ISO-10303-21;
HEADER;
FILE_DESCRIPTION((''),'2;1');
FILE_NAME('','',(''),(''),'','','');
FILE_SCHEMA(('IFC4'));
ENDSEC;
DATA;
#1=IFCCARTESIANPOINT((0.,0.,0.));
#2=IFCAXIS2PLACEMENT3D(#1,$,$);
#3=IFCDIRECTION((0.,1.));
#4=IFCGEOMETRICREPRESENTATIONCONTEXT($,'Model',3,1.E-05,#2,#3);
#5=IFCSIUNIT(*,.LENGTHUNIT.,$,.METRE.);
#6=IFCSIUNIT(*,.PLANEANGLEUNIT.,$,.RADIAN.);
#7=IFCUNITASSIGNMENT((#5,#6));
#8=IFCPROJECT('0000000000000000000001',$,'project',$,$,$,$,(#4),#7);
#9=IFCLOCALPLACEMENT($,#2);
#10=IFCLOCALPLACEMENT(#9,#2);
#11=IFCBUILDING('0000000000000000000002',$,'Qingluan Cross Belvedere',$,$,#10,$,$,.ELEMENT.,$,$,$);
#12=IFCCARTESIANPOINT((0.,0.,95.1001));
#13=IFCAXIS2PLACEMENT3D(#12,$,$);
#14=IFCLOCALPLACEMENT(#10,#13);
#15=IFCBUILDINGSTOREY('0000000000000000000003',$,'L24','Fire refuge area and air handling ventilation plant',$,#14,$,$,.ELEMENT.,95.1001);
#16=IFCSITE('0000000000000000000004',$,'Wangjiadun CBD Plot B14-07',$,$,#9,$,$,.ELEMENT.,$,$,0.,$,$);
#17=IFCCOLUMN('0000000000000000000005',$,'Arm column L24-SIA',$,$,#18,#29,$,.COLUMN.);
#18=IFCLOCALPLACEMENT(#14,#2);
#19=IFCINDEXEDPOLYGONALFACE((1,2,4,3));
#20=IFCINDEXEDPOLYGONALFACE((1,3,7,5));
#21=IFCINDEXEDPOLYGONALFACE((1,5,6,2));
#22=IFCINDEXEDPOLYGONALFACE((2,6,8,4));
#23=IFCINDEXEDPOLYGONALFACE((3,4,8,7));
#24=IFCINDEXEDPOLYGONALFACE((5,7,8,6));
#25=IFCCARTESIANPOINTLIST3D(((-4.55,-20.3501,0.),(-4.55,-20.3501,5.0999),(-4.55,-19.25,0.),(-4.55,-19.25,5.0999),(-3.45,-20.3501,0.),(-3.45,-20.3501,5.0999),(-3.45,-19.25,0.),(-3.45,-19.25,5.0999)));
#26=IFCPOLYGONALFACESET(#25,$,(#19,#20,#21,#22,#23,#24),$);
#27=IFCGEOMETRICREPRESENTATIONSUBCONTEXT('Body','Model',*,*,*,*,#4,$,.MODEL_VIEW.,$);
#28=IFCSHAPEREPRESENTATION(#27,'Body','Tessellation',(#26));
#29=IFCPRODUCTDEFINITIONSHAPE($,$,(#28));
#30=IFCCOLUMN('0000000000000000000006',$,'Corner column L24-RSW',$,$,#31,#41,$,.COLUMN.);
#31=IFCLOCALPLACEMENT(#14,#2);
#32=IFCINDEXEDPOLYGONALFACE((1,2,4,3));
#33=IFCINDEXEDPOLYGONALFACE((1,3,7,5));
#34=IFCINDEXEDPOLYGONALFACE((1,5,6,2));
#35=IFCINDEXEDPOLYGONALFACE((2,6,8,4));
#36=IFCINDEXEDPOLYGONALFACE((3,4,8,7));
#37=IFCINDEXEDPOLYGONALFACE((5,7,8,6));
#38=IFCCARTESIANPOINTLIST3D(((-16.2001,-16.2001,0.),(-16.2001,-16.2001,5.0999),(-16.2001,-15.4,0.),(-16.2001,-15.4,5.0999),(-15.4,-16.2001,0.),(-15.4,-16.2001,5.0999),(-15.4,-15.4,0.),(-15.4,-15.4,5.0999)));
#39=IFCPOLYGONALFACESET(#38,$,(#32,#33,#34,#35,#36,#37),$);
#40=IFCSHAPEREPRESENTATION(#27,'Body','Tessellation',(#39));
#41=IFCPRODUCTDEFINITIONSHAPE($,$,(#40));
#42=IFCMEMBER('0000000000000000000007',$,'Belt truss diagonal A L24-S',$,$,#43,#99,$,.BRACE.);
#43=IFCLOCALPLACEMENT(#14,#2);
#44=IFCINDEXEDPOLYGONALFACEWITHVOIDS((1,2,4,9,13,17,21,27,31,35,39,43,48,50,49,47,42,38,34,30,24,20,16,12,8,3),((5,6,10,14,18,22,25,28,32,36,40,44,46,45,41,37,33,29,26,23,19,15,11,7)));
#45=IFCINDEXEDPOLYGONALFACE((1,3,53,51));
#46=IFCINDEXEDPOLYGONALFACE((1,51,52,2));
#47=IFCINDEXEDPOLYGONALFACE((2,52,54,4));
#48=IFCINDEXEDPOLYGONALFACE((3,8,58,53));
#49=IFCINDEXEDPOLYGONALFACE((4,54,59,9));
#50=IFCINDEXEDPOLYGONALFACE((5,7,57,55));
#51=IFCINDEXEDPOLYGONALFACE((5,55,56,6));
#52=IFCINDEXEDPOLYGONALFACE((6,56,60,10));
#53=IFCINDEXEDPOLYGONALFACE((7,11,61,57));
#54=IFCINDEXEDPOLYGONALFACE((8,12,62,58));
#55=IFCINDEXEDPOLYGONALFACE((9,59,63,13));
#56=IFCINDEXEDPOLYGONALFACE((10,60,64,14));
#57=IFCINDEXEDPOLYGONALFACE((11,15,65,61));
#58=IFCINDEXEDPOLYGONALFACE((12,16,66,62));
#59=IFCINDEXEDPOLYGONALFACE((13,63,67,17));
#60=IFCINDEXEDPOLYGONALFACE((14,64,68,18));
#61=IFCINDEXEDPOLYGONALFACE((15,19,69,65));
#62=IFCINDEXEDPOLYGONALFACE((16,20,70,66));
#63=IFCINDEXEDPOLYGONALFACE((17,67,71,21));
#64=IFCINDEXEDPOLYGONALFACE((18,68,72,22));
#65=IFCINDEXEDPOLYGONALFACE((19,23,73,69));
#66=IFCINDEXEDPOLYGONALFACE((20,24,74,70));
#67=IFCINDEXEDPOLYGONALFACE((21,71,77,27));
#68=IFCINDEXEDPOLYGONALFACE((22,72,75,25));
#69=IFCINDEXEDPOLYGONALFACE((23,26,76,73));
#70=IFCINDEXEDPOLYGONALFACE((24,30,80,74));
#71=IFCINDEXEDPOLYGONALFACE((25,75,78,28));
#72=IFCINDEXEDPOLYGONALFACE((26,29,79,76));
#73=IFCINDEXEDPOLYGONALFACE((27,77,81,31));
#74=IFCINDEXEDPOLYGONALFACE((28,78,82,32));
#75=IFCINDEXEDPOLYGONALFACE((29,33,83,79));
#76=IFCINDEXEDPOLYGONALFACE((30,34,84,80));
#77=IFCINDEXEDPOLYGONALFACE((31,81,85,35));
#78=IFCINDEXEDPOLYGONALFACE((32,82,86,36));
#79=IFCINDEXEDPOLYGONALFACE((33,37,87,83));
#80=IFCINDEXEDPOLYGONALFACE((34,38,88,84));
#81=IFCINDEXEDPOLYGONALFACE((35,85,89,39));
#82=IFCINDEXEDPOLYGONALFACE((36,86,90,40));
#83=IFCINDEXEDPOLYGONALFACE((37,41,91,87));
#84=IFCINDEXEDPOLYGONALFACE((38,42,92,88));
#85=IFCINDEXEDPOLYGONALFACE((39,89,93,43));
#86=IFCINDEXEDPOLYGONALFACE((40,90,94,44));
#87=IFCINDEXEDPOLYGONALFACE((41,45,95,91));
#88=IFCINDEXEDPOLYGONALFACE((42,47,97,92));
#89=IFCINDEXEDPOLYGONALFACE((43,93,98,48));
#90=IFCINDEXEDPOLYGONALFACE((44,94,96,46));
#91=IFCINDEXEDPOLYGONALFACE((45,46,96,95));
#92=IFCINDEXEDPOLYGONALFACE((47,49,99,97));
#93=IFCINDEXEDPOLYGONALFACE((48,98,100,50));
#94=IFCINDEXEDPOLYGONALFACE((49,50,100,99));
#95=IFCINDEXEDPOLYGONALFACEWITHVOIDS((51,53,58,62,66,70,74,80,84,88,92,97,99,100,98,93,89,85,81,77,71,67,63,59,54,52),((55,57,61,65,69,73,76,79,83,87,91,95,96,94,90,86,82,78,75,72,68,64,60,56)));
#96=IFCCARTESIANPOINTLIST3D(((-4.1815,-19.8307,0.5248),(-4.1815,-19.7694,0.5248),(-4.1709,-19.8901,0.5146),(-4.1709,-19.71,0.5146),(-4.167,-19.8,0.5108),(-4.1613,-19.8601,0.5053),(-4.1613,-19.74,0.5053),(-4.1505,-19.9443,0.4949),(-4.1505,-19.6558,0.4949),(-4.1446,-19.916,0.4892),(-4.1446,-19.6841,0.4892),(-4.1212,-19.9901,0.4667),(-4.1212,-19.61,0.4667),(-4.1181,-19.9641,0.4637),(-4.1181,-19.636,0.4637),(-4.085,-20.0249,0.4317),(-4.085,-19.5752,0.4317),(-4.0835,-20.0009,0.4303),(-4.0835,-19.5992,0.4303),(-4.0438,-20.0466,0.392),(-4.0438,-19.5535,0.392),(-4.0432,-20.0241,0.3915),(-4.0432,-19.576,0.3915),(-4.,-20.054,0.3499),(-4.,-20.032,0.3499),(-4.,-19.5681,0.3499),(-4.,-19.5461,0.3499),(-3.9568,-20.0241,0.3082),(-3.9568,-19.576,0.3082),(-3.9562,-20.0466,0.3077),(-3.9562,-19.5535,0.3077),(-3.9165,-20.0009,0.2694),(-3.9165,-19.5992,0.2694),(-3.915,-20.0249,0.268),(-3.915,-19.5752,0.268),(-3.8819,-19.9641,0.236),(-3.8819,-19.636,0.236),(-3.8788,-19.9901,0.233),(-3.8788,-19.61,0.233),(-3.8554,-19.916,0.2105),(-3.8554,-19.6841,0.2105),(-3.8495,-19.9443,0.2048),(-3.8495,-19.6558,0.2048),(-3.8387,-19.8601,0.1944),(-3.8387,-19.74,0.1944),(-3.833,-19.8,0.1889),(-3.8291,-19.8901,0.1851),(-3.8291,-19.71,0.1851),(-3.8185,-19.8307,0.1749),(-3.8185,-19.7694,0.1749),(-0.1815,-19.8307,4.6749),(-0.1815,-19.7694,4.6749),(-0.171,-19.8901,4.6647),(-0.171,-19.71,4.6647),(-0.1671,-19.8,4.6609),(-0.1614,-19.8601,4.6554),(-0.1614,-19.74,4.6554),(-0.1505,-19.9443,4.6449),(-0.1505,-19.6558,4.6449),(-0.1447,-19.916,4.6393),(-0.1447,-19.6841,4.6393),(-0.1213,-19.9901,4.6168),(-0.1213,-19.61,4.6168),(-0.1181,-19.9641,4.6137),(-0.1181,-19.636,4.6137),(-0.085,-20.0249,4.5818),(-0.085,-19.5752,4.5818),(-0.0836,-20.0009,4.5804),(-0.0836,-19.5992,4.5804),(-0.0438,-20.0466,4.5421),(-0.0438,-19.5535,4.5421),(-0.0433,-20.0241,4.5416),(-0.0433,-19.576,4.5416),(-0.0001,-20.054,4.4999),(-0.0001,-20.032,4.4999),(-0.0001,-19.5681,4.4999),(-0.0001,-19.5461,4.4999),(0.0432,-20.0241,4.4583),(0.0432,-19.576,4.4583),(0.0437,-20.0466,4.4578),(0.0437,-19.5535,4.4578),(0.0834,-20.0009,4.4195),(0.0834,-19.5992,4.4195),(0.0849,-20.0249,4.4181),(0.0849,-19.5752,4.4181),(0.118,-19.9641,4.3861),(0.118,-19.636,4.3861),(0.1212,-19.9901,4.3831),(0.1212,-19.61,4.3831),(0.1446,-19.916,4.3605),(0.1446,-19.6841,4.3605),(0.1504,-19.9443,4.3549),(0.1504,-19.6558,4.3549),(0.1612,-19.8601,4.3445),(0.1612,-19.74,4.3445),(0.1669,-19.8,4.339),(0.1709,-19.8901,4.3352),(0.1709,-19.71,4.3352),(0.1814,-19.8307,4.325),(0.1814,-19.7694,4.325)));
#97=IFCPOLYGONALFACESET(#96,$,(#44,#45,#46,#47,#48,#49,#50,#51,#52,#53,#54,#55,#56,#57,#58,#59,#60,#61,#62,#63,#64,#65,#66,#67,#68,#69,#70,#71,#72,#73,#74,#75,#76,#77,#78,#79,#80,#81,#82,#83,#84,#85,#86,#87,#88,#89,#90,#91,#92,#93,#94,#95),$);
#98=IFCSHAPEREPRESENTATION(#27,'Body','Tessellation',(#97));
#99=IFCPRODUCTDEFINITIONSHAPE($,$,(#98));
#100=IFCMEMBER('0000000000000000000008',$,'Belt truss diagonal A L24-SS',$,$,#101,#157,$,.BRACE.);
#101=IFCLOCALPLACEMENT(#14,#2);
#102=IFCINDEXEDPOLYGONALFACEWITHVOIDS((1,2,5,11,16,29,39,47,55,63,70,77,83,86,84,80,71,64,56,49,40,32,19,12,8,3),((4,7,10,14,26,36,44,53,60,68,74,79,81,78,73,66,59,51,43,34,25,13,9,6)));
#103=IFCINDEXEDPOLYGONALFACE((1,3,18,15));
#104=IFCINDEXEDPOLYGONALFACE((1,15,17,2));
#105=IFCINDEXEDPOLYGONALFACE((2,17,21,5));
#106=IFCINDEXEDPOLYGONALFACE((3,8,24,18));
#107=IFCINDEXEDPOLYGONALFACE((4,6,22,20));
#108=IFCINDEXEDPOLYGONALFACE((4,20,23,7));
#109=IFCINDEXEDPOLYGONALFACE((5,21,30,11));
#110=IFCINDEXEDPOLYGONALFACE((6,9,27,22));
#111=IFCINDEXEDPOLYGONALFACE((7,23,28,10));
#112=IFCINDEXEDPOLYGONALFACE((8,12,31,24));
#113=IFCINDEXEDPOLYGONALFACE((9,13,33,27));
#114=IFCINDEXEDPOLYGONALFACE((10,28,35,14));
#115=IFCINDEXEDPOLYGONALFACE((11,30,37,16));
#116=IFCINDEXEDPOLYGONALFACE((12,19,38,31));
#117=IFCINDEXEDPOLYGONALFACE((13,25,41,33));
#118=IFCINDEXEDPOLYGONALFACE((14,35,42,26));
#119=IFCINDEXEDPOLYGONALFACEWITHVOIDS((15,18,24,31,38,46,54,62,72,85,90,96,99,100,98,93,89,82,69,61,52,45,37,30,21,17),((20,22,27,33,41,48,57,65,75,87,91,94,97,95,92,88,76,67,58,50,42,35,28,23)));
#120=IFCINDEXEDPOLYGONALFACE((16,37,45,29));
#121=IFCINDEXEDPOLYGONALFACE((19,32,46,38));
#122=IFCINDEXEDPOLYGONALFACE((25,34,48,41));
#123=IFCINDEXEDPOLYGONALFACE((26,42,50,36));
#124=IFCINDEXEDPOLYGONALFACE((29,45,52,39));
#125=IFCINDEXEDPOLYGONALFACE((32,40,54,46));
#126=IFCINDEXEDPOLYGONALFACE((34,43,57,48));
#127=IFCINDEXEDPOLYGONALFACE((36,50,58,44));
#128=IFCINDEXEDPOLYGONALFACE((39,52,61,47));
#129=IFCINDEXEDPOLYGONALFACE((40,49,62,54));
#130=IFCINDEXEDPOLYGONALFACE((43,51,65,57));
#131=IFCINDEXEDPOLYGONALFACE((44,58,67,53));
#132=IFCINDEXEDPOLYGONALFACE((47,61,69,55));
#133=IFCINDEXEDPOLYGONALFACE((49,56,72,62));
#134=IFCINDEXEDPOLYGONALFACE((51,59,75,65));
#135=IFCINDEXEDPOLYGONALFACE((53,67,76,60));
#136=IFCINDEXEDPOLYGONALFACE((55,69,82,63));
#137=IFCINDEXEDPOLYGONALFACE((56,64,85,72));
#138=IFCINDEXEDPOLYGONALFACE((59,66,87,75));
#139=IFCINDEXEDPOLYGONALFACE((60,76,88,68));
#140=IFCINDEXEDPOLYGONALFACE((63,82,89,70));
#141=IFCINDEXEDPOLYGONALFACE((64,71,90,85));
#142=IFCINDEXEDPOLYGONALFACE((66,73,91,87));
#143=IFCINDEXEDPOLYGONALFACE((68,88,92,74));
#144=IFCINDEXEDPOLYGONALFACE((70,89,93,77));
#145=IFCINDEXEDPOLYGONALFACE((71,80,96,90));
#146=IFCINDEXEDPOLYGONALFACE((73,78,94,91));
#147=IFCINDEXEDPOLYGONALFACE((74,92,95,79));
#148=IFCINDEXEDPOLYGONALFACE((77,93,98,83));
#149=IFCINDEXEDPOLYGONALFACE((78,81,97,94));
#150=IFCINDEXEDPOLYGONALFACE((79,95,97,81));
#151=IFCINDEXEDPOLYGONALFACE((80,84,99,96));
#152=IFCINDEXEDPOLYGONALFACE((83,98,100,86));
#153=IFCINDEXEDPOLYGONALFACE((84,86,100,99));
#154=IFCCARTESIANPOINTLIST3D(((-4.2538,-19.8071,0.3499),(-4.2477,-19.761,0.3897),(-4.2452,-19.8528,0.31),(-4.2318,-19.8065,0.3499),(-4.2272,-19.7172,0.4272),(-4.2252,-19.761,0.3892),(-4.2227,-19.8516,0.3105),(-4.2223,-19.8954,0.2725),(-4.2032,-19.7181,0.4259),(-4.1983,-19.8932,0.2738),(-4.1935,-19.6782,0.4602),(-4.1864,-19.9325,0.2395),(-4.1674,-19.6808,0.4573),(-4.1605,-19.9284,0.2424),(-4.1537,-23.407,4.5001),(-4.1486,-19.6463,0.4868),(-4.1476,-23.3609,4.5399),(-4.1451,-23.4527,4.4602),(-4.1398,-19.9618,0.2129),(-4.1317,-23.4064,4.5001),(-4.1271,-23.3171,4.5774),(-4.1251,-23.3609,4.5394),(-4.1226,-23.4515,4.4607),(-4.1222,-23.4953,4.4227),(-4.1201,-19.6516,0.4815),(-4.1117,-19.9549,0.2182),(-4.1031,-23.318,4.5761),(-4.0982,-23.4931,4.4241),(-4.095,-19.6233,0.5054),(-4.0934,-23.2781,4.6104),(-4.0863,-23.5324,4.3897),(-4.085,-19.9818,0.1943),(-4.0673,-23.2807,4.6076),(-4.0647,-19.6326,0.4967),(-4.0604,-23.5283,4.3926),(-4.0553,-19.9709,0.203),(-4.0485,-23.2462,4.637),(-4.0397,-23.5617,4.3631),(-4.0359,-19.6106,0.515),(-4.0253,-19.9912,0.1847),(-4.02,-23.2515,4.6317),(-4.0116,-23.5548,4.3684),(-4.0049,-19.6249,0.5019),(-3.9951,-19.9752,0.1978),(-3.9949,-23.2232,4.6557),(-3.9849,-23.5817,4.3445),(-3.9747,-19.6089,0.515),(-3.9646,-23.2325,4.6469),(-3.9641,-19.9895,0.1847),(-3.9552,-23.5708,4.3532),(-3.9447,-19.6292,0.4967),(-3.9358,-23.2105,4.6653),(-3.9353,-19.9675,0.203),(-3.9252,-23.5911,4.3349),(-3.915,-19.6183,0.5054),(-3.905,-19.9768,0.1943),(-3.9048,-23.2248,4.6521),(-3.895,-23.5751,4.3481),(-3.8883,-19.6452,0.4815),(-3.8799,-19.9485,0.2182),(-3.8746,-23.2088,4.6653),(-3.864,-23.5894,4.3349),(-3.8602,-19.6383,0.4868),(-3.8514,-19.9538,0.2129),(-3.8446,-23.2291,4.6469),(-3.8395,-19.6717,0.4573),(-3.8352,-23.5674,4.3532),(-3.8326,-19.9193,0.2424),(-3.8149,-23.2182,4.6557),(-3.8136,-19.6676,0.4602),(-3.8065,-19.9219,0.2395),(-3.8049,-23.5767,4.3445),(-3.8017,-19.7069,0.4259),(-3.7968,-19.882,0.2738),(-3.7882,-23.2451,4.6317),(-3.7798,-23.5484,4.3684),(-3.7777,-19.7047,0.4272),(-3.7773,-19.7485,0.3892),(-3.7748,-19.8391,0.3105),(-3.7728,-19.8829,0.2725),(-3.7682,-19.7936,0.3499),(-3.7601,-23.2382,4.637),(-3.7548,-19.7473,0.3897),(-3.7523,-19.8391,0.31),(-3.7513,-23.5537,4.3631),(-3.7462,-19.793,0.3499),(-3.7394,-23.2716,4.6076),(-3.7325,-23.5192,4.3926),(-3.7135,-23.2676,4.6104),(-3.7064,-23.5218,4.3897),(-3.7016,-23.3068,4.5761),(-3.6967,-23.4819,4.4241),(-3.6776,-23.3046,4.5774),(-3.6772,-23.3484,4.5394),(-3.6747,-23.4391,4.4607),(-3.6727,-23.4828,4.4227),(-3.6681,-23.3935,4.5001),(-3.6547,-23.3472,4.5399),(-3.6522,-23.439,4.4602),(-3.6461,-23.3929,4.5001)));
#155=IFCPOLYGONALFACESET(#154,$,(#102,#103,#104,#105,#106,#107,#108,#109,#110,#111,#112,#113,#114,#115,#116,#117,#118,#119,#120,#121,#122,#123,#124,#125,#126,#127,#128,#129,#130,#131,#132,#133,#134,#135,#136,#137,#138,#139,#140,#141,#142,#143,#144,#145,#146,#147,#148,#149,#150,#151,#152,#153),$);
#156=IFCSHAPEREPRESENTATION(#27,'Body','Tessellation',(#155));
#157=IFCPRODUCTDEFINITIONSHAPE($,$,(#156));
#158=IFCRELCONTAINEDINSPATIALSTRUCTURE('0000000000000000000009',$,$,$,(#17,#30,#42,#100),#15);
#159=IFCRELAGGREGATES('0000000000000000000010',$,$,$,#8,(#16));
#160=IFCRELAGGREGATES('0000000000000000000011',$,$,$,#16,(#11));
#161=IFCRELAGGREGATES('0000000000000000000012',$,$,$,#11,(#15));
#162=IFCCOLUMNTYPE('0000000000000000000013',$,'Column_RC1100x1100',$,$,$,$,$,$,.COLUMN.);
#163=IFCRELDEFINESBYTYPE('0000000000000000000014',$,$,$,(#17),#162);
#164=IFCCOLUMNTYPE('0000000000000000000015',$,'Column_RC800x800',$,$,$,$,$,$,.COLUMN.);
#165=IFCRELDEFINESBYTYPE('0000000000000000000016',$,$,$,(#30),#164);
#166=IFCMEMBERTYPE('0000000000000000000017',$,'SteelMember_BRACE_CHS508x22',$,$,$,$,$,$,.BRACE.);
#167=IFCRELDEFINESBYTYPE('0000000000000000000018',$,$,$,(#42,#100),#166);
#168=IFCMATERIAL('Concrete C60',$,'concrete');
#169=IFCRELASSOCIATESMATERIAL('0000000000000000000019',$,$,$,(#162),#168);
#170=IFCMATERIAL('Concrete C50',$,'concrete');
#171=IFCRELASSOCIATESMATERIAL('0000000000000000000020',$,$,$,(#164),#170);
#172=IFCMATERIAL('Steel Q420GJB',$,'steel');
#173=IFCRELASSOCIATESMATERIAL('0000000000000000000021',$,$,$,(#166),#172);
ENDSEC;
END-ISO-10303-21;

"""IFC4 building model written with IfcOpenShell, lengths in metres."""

from ifc_helpers import new_model, si_unit, direction, frame, origin, origin_2d, place, context, subcontext, project, spatial, rectangle, hollow_circle, extrude, material, material_profile, profile_set, type_object, element, save


model = new_model("IFC4")

# Units and contexts
model_context = context("Model", 3, precision=1e-05, world=origin(), true_north=direction((0.0, 1.0)))
body_context = subcontext(model_context, "Body", "Model", "MODEL_VIEW")
ifc_project = project(units=[si_unit("LENGTHUNIT", "METRE"), si_unit("PLANEANGLEUNIT", "RADIAN")], contexts=[model_context])

# Site, building, storey
site_placement = place(None, origin())
site = spatial("IfcSite", under=ifc_project, at=site_placement, Name="Wangjiadun CBD Plot B14-07", CompositionType="ELEMENT", RefElevation=0.0)
building_placement = place(site_placement, origin())
building = spatial("IfcBuilding", under=site, at=building_placement, Name="Qingluan Cross Belvedere", CompositionType="ELEMENT")
storey_placement = place(building_placement, frame((0.0, 0.0, 95.1001)))
storey = spatial("IfcBuildingStorey", under=building, at=storey_placement, Name="L24", Description="Fire refuge area and air handling ventilation plant", CompositionType="ELEMENT", Elevation=95.1001)

# Columns
ifc_material_1 = material(Name="Concrete C60", Category="concrete")
ifc_material_profile_1 = material_profile(ifc_material_1, rectangle(XDim=1.1001, YDim=1.1001, at=origin_2d()), Name="RC1100x1100")
ifc_profile_set_1 = profile_set([ifc_material_profile_1], Name="Concrete C60")
column_type_1 = type_object("IfcColumnType", Name="Column_RC1100x1100", PredefinedType="COLUMN", material=ifc_profile_set_1)
column_1_placement = place(storey_placement, frame((-4.0, -19.8, 0.0), z_axis=(0.0, 0.0, 1.0), x_axis=(1.0, 0.0, 0.0)))
element("IfcColumn", 1, at=column_1_placement, inside=storey, type_object=column_type_1, Name="Arm column L24-SIA", PredefinedType="COLUMN", context=body_context, shape_type="SweptSolid", body=[
    extrude(rectangle(XDim=1.1001, YDim=1.1001, at=origin_2d()), origin(), (0.0, 0.0, 1.0), 5.0999),
])
ifc_material_2 = material(Name="Concrete C50", Category="concrete")
ifc_material_profile_2 = material_profile(ifc_material_2, rectangle(XDim=0.8, YDim=0.8, at=origin_2d()), Name="RC800x800")
ifc_profile_set_2 = profile_set([ifc_material_profile_2], Name="Concrete C50")
column_type_2 = type_object("IfcColumnType", Name="Column_RC800x800", PredefinedType="COLUMN", material=ifc_profile_set_2)
column_2_placement = place(storey_placement, frame((-15.8, -15.8, 0.0), z_axis=(0.0, 0.0, 1.0), x_axis=(1.0, 0.0, 0.0)))
element("IfcColumn", 2, at=column_2_placement, inside=storey, type_object=column_type_2, Name="Corner column L24-RSW", PredefinedType="COLUMN", context=body_context, shape_type="SweptSolid", body=[
    extrude(rectangle(XDim=0.8, YDim=0.8, at=origin_2d()), origin(), (0.0, 0.0, 1.0), 5.0999),
])

# Members
ifc_material_3 = material(Name="Steel Q420GJB", Category="steel")
ifc_material_profile_3 = material_profile(ifc_material_3, hollow_circle(Radius=0.2539, WallThickness=0.022, at=origin_2d()), Name="CHS508x22")
ifc_profile_set_3 = profile_set([ifc_material_profile_3], Name="Steel Q420GJB")
member_type_1 = type_object("IfcMemberType", Name="SteelMember_BRACE_CHS508x22", PredefinedType="BRACE", material=ifc_profile_set_3)
member_1_placement = place(storey_placement, frame((-4.0, -19.8, 0.3499), z_axis=(0.693962, 0.0, 0.720011), x_axis=(0.0, 1.0, 0.0)))
element("IfcMember", 3, at=member_1_placement, inside=storey, type_object=member_type_1, Name="Belt truss diagonal A L24-S", PredefinedType="BRACE", context=body_context, shape_type="SweptSolid", body=[
    extrude(hollow_circle(Radius=0.2539, WallThickness=0.022, at=origin_2d()), origin(), (0.0, 0.0, 1.0), 5.7639),
])
member_2_placement = place(storey_placement, frame((-4.0, -19.8, 0.3499), z_axis=(0.018217, -0.65514, 0.755288), x_axis=(0.999614, 0.027795, 0.0)))
element("IfcMember", 4, at=member_2_placement, inside=storey, type_object=member_type_1, Name="Belt truss diagonal A L24-SS", PredefinedType="BRACE", context=body_context, shape_type="SweptSolid", body=[
    extrude(hollow_circle(Radius=0.2539, WallThickness=0.022, at=origin_2d()), origin(), (0.0, 0.0, 1.0), 5.4949),
])

save(model, "model.ifc")
